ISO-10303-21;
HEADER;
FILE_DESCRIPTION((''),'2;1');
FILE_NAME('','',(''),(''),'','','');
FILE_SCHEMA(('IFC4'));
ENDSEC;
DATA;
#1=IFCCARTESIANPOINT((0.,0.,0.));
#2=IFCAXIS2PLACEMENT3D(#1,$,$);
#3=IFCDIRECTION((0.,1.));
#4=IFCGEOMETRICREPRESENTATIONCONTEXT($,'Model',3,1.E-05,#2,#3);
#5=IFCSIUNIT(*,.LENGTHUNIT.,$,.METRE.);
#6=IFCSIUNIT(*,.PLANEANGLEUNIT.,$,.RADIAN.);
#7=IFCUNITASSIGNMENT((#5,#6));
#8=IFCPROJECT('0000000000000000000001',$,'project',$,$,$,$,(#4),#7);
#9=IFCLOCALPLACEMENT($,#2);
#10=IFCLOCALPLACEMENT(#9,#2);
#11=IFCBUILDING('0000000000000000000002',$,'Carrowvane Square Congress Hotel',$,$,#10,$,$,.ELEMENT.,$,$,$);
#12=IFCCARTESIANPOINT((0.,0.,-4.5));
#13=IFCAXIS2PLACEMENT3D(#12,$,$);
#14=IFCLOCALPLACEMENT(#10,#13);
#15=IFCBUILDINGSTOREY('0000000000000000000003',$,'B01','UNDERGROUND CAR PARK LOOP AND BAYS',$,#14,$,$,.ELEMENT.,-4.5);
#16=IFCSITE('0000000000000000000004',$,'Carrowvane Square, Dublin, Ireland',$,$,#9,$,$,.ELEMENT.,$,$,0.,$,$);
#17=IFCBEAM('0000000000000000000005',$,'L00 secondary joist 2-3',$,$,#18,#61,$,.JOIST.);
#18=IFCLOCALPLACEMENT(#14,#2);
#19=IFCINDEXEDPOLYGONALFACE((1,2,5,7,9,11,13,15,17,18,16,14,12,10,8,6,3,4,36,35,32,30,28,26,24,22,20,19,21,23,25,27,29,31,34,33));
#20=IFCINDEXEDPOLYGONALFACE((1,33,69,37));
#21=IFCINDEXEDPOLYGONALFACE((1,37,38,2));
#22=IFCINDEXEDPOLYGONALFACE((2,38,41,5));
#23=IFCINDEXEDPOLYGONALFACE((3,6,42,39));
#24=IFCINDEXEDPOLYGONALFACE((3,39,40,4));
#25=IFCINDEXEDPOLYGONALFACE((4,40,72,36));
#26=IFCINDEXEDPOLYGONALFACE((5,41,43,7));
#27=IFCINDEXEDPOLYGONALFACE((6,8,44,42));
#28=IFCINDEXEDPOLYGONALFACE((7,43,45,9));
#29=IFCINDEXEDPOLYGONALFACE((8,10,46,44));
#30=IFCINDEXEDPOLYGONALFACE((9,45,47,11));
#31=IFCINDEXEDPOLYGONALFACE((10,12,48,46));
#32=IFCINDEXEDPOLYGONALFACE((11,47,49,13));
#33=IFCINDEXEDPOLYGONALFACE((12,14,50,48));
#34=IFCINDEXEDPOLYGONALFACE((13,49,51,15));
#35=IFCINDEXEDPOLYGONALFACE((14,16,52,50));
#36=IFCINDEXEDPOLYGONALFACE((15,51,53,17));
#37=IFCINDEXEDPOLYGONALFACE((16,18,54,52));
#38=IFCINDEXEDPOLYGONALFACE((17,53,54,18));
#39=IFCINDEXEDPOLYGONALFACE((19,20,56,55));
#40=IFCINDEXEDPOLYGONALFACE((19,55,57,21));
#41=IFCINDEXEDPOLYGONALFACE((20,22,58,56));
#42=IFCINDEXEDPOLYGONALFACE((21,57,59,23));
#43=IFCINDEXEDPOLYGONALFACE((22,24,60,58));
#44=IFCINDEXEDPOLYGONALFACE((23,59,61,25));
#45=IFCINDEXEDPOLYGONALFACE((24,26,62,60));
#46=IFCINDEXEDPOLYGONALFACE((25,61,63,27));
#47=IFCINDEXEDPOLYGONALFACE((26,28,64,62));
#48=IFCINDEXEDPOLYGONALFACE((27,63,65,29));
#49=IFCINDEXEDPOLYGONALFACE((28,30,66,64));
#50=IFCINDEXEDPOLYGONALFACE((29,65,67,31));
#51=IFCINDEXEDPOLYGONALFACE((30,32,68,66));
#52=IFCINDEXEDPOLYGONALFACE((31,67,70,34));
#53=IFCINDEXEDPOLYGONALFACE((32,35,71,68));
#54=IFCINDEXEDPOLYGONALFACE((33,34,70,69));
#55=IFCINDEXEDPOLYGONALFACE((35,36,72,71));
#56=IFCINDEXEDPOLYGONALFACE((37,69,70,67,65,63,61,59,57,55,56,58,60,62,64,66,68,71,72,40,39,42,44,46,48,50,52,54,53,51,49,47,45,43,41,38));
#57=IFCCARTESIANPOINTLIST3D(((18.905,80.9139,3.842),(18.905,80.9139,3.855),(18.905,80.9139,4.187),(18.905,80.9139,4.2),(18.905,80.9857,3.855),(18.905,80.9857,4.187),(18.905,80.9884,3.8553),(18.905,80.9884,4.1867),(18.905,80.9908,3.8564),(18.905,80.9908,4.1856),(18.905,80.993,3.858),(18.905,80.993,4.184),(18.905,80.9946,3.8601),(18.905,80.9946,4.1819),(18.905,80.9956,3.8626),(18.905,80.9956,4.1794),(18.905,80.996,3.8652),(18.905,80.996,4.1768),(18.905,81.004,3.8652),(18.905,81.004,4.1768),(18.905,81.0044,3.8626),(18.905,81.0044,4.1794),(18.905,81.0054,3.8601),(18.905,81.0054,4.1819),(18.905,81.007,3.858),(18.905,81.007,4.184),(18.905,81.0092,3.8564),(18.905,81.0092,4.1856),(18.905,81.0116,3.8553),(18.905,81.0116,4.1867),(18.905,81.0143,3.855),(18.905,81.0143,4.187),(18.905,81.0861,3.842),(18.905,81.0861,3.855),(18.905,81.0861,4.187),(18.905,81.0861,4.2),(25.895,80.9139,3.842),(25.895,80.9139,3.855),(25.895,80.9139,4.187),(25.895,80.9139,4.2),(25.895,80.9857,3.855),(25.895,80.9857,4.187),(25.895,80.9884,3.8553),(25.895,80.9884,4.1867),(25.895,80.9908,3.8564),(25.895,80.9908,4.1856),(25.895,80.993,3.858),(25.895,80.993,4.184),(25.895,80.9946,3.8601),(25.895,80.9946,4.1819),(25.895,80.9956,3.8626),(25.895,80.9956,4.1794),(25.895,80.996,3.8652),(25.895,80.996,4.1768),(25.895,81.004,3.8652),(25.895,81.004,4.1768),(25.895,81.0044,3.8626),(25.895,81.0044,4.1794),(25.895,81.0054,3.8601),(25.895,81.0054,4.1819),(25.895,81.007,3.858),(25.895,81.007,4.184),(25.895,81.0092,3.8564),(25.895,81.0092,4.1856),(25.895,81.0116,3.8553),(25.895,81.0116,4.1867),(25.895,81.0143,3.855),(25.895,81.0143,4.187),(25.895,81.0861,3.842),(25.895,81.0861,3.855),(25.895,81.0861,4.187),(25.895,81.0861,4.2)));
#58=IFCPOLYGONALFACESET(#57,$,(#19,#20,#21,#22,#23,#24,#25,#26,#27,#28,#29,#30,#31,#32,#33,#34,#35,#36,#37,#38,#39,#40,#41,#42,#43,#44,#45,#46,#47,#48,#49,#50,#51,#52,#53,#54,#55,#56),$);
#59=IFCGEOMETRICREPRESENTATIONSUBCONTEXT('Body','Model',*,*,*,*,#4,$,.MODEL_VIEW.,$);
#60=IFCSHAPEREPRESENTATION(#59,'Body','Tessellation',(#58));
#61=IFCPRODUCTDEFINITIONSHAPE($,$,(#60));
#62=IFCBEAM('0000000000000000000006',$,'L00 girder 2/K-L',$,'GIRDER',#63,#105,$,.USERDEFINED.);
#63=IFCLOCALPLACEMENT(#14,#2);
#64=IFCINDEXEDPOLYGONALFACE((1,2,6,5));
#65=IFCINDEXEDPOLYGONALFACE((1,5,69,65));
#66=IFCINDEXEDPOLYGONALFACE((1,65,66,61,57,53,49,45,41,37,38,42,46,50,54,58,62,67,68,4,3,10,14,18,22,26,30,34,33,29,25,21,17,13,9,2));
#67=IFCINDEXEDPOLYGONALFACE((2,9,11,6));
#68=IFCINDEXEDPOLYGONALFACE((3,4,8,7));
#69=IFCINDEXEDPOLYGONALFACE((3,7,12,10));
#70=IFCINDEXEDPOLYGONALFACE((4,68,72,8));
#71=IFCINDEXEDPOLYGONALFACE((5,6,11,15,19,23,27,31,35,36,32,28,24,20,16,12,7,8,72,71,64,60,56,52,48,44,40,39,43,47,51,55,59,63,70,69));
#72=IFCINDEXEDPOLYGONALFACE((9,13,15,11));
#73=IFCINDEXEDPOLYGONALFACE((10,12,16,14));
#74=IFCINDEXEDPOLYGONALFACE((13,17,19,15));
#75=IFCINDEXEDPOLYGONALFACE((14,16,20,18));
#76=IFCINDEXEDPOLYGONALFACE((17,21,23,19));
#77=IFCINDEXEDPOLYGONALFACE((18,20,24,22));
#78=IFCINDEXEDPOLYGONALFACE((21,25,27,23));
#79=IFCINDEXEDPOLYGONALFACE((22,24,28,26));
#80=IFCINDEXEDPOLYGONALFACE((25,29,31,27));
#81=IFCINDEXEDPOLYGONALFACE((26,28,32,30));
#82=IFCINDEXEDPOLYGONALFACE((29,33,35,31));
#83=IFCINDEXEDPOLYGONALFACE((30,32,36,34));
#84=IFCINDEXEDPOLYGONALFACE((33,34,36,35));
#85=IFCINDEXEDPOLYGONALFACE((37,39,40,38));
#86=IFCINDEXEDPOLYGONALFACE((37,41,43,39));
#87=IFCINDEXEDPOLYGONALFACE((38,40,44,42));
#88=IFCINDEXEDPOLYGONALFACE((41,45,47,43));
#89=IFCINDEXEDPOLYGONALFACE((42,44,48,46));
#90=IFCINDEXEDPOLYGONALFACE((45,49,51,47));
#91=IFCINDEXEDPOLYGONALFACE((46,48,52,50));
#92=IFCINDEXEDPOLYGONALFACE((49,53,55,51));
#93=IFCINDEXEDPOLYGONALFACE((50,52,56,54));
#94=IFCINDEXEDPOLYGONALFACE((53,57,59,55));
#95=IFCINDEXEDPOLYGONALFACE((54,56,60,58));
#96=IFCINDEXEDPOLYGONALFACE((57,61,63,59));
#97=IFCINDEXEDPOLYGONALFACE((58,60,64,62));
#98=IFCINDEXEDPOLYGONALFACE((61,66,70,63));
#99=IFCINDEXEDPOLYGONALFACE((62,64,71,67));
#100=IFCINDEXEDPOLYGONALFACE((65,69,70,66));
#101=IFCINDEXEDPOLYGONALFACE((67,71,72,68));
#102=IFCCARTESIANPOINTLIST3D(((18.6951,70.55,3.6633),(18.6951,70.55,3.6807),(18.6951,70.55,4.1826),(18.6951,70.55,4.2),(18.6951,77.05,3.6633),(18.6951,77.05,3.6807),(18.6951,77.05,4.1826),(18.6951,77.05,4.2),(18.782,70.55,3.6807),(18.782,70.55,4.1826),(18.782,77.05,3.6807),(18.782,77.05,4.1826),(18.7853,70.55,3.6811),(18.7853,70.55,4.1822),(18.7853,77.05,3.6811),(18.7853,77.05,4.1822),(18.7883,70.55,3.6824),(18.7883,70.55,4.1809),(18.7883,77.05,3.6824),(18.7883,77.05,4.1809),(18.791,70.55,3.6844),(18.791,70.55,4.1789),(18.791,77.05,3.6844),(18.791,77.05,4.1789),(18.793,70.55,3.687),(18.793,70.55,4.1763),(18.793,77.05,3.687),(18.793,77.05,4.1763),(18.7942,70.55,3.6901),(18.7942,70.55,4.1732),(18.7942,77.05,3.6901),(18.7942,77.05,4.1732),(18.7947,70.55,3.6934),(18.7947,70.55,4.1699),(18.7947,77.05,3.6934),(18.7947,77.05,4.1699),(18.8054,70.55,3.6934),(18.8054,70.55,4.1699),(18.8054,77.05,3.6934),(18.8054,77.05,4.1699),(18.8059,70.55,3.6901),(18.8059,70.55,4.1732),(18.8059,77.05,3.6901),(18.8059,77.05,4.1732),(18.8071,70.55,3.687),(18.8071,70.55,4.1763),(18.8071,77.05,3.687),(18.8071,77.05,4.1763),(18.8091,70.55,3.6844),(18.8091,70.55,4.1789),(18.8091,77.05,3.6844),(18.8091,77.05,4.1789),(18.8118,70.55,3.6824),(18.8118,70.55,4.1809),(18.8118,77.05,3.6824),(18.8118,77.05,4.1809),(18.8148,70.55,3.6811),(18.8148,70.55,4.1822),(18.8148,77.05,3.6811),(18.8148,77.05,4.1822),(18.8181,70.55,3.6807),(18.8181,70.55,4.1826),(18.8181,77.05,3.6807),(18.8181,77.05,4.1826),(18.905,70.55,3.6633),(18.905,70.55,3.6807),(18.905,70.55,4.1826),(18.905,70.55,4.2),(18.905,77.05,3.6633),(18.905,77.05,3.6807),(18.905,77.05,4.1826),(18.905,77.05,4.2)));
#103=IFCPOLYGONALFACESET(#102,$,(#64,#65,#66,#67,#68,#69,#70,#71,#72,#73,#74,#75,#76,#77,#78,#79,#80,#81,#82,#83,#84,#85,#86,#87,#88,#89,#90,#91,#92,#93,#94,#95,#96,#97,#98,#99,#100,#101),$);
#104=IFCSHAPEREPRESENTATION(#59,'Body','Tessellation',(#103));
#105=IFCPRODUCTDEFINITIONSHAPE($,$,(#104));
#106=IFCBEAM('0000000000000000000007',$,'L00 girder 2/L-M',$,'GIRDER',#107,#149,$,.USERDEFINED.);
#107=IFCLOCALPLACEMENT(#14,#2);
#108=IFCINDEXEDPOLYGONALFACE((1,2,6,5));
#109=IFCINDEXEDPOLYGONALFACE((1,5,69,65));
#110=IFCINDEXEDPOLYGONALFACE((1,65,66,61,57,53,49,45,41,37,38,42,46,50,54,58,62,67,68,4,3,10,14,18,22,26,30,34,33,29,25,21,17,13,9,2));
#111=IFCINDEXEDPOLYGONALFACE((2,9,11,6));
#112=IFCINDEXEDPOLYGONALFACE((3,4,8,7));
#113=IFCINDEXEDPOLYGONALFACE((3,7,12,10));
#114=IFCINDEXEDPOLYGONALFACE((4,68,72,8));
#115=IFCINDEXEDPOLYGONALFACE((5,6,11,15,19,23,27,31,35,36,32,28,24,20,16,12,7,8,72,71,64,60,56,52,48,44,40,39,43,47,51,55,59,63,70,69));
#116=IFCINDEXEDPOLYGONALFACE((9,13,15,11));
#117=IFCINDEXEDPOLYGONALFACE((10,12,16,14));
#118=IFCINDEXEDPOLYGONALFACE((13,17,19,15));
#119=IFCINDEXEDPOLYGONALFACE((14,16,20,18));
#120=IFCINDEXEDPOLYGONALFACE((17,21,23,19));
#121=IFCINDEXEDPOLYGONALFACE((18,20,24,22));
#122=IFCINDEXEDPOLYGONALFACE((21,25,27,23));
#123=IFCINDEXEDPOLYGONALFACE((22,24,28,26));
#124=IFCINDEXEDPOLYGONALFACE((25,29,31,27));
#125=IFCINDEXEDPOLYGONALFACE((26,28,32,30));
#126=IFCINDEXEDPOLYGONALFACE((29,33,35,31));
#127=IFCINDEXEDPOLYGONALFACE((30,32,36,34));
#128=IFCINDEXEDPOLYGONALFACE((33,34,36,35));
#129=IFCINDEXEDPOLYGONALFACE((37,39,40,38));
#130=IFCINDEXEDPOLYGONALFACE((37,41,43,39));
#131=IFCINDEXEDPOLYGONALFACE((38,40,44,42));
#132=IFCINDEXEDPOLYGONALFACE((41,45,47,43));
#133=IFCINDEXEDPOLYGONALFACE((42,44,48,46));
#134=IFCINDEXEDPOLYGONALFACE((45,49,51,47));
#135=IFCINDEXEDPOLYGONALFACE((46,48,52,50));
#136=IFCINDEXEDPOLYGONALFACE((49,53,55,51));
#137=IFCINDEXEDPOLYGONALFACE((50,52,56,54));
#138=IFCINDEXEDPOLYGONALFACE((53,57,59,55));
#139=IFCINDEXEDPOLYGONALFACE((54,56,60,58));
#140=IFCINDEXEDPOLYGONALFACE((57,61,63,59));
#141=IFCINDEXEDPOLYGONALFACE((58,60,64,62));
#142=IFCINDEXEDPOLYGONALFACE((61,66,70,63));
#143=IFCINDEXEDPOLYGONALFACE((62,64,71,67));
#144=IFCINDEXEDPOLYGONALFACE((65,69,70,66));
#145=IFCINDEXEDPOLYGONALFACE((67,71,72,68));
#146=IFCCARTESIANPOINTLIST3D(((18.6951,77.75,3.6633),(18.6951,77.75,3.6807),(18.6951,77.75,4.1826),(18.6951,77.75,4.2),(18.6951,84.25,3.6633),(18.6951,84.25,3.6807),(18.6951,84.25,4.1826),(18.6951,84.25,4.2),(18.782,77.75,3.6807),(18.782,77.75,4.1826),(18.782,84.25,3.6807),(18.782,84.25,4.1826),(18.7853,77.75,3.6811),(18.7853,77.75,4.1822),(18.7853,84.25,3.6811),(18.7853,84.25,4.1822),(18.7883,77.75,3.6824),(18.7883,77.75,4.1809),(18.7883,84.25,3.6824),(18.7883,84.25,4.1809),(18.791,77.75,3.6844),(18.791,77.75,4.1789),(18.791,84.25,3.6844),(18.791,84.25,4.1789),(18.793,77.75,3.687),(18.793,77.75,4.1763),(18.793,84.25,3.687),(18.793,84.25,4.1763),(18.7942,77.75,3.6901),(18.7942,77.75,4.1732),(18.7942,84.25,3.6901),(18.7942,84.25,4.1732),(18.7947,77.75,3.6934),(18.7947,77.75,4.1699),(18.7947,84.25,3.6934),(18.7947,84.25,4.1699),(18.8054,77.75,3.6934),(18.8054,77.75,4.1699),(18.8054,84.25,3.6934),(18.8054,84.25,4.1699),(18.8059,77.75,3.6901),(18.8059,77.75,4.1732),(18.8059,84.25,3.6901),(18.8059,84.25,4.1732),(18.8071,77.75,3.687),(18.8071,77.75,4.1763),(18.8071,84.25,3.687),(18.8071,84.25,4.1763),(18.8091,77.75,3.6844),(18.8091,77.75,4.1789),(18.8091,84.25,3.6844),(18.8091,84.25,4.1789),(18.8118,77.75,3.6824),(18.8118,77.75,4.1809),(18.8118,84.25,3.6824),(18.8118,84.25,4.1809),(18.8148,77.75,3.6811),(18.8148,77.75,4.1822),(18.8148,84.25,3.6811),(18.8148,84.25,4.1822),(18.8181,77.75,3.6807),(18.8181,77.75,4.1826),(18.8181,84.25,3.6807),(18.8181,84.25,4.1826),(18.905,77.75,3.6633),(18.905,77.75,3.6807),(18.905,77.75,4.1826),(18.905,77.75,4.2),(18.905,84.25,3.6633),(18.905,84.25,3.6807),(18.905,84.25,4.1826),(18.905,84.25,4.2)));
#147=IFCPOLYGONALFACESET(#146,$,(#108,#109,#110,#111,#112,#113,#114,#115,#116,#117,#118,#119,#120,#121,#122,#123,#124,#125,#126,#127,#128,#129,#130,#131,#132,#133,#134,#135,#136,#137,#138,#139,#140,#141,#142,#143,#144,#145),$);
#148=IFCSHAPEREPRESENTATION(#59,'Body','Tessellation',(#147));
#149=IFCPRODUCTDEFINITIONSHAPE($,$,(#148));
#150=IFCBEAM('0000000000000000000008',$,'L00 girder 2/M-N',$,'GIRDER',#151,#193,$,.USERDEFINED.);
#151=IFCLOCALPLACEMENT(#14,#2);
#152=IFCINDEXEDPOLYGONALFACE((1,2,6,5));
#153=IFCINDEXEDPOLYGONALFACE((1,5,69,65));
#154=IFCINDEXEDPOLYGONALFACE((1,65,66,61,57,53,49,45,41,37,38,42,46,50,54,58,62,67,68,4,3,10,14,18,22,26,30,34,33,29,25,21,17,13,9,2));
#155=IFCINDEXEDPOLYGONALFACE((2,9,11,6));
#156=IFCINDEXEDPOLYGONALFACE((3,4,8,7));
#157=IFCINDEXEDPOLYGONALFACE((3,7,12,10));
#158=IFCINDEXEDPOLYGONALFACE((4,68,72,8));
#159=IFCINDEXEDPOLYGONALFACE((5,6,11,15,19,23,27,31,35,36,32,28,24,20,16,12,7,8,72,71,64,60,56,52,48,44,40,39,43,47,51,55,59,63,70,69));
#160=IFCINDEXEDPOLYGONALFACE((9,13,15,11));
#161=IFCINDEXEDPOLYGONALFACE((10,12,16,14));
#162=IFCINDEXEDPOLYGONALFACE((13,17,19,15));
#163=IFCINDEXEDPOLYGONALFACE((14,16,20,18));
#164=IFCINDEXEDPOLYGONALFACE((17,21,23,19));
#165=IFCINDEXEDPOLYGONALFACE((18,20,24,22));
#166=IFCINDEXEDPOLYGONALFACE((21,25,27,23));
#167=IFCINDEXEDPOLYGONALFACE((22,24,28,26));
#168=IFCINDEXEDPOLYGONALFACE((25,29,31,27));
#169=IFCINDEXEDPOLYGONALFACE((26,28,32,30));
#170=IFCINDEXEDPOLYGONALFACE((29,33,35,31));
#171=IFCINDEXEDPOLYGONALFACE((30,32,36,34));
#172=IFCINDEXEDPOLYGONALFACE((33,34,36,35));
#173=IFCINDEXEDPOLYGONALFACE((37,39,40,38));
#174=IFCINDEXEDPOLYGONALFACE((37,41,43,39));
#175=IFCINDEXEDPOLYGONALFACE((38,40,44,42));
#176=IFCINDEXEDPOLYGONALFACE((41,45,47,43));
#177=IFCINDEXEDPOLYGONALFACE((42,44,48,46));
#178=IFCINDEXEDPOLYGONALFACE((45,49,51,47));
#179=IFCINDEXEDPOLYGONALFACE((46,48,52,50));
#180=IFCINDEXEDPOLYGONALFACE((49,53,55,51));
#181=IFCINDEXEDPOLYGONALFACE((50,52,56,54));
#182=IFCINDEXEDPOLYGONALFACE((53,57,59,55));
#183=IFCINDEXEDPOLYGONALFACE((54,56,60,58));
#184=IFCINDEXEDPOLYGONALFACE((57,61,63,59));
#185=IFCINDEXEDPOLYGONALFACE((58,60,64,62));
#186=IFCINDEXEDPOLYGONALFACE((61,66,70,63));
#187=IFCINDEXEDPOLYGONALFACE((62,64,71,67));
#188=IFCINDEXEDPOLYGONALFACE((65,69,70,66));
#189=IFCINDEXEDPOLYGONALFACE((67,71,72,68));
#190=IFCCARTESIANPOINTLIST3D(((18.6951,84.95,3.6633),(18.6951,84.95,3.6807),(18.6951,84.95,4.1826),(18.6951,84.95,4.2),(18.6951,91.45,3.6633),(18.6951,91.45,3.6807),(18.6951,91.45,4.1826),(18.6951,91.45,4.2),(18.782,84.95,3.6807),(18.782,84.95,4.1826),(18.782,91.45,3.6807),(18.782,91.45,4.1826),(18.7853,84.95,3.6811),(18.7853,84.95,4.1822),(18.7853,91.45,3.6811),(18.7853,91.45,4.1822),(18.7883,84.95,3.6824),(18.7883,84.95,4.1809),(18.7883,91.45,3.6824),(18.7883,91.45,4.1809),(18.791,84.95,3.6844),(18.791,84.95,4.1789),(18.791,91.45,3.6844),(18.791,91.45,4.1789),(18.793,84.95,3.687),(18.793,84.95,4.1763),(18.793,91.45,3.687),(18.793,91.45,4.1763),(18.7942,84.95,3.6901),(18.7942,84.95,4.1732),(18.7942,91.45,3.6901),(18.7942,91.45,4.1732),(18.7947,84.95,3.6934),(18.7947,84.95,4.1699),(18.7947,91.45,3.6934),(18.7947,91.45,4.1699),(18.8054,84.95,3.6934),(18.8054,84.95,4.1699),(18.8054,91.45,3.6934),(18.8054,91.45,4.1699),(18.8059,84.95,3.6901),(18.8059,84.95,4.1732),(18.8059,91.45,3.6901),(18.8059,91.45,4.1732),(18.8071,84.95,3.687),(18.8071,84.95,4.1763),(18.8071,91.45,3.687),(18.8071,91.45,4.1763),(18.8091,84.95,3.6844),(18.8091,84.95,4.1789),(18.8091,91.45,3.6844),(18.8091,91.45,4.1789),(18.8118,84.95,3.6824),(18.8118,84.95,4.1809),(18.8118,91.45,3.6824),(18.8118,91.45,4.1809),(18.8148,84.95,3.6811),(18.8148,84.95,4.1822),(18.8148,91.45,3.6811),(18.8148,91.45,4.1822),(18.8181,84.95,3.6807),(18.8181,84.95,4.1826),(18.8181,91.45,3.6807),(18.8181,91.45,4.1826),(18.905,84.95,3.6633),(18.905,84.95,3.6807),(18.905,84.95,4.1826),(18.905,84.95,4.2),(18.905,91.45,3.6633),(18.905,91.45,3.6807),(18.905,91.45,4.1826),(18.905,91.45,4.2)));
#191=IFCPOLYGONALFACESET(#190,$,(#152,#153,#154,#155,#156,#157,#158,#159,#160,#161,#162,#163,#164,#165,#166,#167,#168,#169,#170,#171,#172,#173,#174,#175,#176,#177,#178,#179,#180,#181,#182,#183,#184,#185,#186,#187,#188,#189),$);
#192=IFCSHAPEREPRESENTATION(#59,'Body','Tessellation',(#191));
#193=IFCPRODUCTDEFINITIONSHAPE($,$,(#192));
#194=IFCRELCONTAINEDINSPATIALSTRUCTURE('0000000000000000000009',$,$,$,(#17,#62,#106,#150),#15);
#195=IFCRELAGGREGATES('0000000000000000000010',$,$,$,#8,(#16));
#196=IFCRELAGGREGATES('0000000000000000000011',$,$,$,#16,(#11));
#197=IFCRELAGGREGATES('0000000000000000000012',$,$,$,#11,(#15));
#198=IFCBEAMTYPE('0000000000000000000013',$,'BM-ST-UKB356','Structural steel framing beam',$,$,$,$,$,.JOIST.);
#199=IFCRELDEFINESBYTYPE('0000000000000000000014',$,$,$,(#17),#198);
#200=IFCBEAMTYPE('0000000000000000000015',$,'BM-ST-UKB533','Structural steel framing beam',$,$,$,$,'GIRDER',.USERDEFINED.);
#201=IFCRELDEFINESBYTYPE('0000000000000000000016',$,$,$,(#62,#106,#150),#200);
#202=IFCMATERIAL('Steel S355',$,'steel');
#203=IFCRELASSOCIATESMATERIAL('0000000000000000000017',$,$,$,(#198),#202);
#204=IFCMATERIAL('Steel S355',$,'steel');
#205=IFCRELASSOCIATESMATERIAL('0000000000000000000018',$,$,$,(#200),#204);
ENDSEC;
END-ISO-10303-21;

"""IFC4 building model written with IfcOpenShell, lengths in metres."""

from ifc_helpers import new_model, si_unit, direction, frame, origin, origin_2d, place, context, subcontext, project, spatial, i_section, extrude, material, material_profile, profile_set, type_object, element, save


model = new_model("IFC4")

# Units and contexts
model_context = context("Model", 3, precision=1e-05, world=origin(), true_north=direction((0.0, 1.0)))
body_context = subcontext(model_context, "Body", "Model", "MODEL_VIEW")
ifc_project = project(units=[si_unit("LENGTHUNIT", "METRE"), si_unit("PLANEANGLEUNIT", "RADIAN")], contexts=[model_context])

# Site, building, storey
site_placement = place(None, origin())
site = spatial("IfcSite", under=ifc_project, at=site_placement, Name="Carrowvane Square, Dublin, Ireland", CompositionType="ELEMENT", RefElevation=0.0)
building_placement = place(site_placement, origin())
building = spatial("IfcBuilding", under=site, at=building_placement, Name="Carrowvane Square Congress Hotel", CompositionType="ELEMENT")
storey_placement = place(building_placement, frame((0.0, 0.0, -4.5)))
storey = spatial("IfcBuildingStorey", under=building, at=storey_placement, Name="B01", Description="UNDERGROUND CAR PARK LOOP AND BAYS", CompositionType="ELEMENT", Elevation=-4.5)

# Beams
ifc_material_1 = material(Name="Steel S355", Category="steel")
ifc_material_profile_1 = material_profile(ifc_material_1, i_section(OverallWidth=0.1721, OverallDepth=0.3579, WebThickness=0.0081, FlangeThickness=0.0129, FilletRadius=0.0103, at=origin_2d()), Name="UKB 356x171x57")
ifc_profile_set_1 = profile_set([ifc_material_profile_1], Name="Steel S355")
beam_type_1 = type_object("IfcBeamType", Name="BM-ST-UKB356", Description="Structural steel framing beam", PredefinedType="JOIST", material=ifc_profile_set_1)
for number, where, z_axis, x_axis, name in (
    (1, (18.905, 81.0, 4.021), (1.0, 0.0, 0.0), (0.0, 1.0, 0.0), "L00 secondary joist 2-3"),
):
    element("IfcBeam", number, at=place(storey_placement, frame(where, z_axis=z_axis, x_axis=x_axis)), inside=storey, type_object=beam_type_1, Name=name, PredefinedType="JOIST", context=body_context, shape_type="SweptSolid", body=[
        extrude(i_section(OverallWidth=0.1721, OverallDepth=0.3579, WebThickness=0.0081, FlangeThickness=0.0129, FilletRadius=0.0103, at=origin_2d()), origin(), (0.0, 0.0, 1.0), 6.99),
    ])
ifc_material_2 = material(Name="Steel S355", Category="steel")
ifc_material_profile_2 = material_profile(ifc_material_2, i_section(OverallWidth=0.21, OverallDepth=0.5366, WebThickness=0.0107, FlangeThickness=0.0173, FilletRadius=0.0127, at=origin_2d()), Name="UKB 533x210x101")
ifc_profile_set_2 = profile_set([ifc_material_profile_2], Name="Steel S355")
beam_type_2 = type_object("IfcBeamType", Name="BM-ST-UKB533", Description="Structural steel framing beam", ElementType="GIRDER", PredefinedType="USERDEFINED", material=ifc_profile_set_2)
for number, where, z_axis, x_axis, name in (
    (2, (18.8, 70.55, 3.9316), (0.0, 1.0, 0.0), (-1.0, 0.0, 0.0), "L00 girder 2/K-L"),
    (3, (18.8, 77.75, 3.9316), (0.0, 1.0, 0.0), (-1.0, 0.0, 0.0), "L00 girder 2/L-M"),
    (4, (18.8, 84.95, 3.9316), (0.0, 1.0, 0.0), (-1.0, 0.0, 0.0), "L00 girder 2/M-N"),
):
    element("IfcBeam", number, at=place(storey_placement, frame(where, z_axis=z_axis, x_axis=x_axis)), inside=storey, type_object=beam_type_2, Name=name, ObjectType="GIRDER", PredefinedType="USERDEFINED", context=body_context, shape_type="SweptSolid", body=[
        extrude(i_section(OverallWidth=0.21, OverallDepth=0.5366, WebThickness=0.0107, FlangeThickness=0.0173, FilletRadius=0.0127, at=origin_2d()), origin(), (0.0, 0.0, 1.0), 6.5),
    ])

save(model, "model.ifc")
